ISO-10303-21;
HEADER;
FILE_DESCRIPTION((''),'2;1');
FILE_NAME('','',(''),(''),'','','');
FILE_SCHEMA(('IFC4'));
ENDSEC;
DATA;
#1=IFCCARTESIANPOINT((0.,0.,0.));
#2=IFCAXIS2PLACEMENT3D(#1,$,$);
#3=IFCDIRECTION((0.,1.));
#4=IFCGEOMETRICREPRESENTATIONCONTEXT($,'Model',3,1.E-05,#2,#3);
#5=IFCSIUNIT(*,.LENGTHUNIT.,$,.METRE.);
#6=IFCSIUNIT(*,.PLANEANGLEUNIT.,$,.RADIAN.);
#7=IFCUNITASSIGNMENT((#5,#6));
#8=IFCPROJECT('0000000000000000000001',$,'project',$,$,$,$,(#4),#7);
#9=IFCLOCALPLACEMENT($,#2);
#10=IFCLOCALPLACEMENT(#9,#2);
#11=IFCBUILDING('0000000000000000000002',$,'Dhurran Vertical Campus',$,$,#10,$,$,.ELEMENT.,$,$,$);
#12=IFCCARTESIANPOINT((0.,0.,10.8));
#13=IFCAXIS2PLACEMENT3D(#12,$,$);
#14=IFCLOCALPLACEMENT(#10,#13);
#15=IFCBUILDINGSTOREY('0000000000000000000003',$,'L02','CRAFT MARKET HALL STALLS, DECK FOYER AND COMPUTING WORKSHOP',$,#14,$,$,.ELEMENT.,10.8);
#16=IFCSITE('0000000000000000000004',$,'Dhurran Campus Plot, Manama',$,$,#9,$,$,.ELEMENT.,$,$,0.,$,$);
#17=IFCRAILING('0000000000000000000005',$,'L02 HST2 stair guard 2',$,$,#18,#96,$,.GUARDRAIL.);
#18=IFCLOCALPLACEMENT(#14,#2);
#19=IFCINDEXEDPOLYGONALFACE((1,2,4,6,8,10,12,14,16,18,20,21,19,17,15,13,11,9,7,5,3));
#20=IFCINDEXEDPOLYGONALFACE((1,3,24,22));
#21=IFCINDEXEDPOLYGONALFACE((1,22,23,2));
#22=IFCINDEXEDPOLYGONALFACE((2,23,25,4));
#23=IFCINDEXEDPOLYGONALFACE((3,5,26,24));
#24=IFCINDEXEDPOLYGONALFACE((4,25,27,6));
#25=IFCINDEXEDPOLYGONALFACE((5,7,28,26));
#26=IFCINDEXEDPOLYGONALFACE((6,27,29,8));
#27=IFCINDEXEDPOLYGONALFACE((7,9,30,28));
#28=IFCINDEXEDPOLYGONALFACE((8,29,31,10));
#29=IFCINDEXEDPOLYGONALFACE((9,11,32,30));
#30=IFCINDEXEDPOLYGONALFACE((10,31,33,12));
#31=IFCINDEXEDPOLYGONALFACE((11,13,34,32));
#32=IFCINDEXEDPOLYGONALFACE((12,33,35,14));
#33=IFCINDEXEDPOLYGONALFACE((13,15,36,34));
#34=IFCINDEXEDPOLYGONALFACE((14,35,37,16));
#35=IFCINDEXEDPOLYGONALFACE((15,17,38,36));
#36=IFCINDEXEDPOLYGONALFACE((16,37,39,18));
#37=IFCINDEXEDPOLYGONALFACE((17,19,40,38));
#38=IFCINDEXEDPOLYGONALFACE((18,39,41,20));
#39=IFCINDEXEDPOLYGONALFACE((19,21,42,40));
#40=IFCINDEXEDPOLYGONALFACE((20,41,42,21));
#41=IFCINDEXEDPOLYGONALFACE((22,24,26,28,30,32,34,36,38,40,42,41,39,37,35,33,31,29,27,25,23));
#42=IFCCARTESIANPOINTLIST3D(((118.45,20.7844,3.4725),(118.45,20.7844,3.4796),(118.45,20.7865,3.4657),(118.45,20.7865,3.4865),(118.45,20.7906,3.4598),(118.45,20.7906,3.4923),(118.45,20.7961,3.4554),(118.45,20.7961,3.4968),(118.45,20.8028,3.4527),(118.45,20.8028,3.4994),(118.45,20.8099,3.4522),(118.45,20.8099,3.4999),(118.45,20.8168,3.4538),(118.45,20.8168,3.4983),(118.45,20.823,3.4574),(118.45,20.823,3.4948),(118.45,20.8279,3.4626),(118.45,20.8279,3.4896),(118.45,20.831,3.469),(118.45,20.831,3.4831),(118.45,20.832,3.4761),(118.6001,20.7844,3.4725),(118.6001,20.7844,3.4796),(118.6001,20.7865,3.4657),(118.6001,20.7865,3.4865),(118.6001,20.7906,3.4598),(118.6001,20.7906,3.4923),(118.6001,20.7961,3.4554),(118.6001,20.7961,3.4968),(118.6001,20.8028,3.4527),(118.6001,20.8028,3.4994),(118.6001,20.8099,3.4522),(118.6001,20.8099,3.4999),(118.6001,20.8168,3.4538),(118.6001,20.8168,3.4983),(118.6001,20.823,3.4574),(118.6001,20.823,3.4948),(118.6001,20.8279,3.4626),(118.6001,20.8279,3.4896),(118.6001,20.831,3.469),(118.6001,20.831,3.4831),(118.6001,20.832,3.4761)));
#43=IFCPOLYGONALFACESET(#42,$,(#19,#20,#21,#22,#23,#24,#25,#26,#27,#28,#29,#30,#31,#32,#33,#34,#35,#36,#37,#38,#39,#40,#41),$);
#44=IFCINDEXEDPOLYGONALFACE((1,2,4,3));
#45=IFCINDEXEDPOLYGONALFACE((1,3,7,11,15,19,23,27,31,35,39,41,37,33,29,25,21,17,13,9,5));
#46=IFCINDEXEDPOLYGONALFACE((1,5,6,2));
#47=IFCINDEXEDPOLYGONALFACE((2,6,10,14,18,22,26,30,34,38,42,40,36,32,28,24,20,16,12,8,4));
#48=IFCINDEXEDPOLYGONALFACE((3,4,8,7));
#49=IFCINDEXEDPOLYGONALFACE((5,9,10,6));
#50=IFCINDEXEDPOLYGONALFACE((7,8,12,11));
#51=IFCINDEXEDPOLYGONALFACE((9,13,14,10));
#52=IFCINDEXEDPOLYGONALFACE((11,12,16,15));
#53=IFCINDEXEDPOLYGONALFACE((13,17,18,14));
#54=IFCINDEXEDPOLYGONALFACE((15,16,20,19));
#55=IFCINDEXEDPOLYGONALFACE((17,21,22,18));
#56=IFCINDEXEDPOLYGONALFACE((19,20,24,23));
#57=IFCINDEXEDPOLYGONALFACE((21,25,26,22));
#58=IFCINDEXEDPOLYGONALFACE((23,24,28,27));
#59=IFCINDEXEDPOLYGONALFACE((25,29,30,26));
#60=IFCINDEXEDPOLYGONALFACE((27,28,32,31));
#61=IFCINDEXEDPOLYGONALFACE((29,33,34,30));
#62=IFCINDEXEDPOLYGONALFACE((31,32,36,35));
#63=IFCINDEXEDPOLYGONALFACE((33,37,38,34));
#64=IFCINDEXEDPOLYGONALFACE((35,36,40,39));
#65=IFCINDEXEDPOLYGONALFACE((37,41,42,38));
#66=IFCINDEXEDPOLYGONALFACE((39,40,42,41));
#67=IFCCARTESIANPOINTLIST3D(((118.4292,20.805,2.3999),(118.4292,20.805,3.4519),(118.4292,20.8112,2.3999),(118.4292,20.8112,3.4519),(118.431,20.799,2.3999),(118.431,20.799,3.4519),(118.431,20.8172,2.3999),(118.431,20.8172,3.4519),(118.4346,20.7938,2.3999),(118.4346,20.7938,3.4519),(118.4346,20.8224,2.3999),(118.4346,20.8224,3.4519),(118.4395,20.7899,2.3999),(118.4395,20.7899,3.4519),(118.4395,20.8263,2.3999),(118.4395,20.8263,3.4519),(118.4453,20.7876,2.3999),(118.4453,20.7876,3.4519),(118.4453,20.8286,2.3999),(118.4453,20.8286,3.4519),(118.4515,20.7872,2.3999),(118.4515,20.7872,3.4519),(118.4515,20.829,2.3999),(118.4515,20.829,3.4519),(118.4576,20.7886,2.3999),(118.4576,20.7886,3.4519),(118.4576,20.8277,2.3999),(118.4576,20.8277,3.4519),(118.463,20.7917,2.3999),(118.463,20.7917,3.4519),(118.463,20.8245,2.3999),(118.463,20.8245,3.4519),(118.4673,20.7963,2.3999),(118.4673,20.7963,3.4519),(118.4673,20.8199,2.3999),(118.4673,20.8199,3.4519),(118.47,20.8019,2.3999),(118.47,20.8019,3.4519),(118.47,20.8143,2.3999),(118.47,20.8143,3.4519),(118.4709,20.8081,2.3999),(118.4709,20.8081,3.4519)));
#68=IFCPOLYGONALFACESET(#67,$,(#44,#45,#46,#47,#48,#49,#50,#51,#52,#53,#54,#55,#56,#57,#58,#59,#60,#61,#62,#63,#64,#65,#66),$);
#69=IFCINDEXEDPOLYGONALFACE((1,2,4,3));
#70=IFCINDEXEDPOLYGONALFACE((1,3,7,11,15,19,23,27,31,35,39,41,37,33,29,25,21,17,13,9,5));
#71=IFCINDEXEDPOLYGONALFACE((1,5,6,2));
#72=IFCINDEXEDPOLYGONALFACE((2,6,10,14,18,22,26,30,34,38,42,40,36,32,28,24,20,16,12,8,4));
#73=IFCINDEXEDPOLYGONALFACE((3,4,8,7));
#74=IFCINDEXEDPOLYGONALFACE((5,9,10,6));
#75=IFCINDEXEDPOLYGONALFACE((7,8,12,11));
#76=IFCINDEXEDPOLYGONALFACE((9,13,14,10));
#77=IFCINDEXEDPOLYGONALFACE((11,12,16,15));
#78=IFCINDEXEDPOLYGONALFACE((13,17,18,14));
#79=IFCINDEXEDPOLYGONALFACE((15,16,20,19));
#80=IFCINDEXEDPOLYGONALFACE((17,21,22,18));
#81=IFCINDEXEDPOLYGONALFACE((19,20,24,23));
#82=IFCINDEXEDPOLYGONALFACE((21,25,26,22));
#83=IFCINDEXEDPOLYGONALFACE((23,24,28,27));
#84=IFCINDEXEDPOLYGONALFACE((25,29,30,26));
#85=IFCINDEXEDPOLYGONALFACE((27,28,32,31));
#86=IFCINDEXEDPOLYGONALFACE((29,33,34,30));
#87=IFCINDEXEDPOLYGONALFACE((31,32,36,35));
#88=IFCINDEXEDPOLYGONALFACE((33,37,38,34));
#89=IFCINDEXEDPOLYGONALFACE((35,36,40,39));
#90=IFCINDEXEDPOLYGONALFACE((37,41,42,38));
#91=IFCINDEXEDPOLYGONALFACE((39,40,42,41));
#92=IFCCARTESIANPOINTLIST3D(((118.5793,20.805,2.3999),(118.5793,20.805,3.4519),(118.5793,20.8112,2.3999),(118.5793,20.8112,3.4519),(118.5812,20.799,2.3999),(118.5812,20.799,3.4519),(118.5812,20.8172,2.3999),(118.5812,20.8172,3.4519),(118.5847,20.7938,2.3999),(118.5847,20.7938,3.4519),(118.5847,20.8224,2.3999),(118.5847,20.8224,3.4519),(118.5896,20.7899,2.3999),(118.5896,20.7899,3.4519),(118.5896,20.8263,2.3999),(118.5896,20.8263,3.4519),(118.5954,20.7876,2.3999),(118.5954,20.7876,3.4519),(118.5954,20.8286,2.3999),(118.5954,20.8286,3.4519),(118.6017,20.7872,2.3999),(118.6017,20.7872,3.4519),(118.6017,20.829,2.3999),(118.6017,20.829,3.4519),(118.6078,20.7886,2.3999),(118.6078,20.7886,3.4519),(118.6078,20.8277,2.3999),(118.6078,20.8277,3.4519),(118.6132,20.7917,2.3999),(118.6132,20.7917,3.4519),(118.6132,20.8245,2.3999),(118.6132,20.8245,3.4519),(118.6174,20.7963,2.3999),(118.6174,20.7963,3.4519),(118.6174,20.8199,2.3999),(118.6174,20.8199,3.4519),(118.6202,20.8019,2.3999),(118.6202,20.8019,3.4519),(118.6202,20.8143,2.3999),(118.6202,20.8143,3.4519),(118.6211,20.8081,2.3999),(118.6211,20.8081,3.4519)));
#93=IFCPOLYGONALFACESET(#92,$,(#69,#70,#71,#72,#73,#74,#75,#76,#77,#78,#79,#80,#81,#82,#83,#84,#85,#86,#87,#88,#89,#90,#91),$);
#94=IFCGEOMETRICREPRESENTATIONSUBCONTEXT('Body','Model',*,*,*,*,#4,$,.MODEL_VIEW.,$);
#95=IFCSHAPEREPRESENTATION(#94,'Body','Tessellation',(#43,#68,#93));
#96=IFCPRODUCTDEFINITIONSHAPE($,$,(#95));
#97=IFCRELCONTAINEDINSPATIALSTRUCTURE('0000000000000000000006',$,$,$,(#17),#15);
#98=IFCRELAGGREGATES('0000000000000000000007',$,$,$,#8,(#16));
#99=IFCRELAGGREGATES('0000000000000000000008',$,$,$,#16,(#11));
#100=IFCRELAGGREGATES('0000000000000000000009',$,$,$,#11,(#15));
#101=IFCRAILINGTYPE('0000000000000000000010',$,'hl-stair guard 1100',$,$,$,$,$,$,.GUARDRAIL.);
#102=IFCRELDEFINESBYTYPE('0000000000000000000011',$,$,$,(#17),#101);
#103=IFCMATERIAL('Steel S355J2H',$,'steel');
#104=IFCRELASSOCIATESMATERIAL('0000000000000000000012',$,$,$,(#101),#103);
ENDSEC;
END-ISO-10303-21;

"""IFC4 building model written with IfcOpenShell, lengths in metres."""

from ifc_helpers import new_model, si_unit, direction, frame, origin, origin_2d, place, context, subcontext, project, spatial, circle, extrude, material, type_object, element, save


model = new_model("IFC4")

# Units and contexts
model_context = context("Model", 3, precision=1e-05, world=origin(), true_north=direction((0.0, 1.0)))
body_context = subcontext(model_context, "Body", "Model", "MODEL_VIEW")
ifc_project = project(units=[si_unit("LENGTHUNIT", "METRE"), si_unit("PLANEANGLEUNIT", "RADIAN")], contexts=[model_context])

# Site, building, storey
site_placement = place(None, origin())
site = spatial("IfcSite", under=ifc_project, at=site_placement, Name="Dhurran Campus Plot, Manama", CompositionType="ELEMENT", RefElevation=0.0)
building_placement = place(site_placement, origin())
building = spatial("IfcBuilding", under=site, at=building_placement, Name="Dhurran Vertical Campus", CompositionType="ELEMENT")
storey_placement = place(building_placement, frame((0.0, 0.0, 10.8)))
storey = spatial("IfcBuildingStorey", under=building, at=storey_placement, Name="L02", Description="CRAFT MARKET HALL STALLS, DECK FOYER AND COMPUTING WORKSHOP", CompositionType="ELEMENT", Elevation=10.8)

# Railing
ifc_material_1 = material(Name="Steel S355J2H", Category="steel")
railing_type_1 = type_object("IfcRailingType", Name="hl-stair guard 1100", PredefinedType="GUARDRAIL", material=ifc_material_1)
railing_1_placement = place(storey_placement, frame((118.45, 20.8081, 2.3999)))
element("IfcRailing", 1, at=railing_1_placement, inside=storey, type_object=railing_type_1, Name="L02 HST2 stair guard 2", PredefinedType="GUARDRAIL", context=body_context, shape_type="SweptSolid", body=[
    extrude(circle(Radius=0.0239, at=origin_2d()), frame((0.0, 0.0, 1.0762), z_axis=(1.0, 0.0, 0.0), x_axis=(0.0, 1.0, 0.0)), (0.0, 0.0, 1.0), 0.1501),
    extrude(circle(Radius=0.021, at=origin_2d()), origin(), (0.0, 0.0, 1.0), 1.052),
    extrude(circle(Radius=0.021, at=origin_2d()), frame((0.1501, 0.0, 0.0)), (0.0, 0.0, 1.0), 1.052),
])

save(model, "model.ifc")
